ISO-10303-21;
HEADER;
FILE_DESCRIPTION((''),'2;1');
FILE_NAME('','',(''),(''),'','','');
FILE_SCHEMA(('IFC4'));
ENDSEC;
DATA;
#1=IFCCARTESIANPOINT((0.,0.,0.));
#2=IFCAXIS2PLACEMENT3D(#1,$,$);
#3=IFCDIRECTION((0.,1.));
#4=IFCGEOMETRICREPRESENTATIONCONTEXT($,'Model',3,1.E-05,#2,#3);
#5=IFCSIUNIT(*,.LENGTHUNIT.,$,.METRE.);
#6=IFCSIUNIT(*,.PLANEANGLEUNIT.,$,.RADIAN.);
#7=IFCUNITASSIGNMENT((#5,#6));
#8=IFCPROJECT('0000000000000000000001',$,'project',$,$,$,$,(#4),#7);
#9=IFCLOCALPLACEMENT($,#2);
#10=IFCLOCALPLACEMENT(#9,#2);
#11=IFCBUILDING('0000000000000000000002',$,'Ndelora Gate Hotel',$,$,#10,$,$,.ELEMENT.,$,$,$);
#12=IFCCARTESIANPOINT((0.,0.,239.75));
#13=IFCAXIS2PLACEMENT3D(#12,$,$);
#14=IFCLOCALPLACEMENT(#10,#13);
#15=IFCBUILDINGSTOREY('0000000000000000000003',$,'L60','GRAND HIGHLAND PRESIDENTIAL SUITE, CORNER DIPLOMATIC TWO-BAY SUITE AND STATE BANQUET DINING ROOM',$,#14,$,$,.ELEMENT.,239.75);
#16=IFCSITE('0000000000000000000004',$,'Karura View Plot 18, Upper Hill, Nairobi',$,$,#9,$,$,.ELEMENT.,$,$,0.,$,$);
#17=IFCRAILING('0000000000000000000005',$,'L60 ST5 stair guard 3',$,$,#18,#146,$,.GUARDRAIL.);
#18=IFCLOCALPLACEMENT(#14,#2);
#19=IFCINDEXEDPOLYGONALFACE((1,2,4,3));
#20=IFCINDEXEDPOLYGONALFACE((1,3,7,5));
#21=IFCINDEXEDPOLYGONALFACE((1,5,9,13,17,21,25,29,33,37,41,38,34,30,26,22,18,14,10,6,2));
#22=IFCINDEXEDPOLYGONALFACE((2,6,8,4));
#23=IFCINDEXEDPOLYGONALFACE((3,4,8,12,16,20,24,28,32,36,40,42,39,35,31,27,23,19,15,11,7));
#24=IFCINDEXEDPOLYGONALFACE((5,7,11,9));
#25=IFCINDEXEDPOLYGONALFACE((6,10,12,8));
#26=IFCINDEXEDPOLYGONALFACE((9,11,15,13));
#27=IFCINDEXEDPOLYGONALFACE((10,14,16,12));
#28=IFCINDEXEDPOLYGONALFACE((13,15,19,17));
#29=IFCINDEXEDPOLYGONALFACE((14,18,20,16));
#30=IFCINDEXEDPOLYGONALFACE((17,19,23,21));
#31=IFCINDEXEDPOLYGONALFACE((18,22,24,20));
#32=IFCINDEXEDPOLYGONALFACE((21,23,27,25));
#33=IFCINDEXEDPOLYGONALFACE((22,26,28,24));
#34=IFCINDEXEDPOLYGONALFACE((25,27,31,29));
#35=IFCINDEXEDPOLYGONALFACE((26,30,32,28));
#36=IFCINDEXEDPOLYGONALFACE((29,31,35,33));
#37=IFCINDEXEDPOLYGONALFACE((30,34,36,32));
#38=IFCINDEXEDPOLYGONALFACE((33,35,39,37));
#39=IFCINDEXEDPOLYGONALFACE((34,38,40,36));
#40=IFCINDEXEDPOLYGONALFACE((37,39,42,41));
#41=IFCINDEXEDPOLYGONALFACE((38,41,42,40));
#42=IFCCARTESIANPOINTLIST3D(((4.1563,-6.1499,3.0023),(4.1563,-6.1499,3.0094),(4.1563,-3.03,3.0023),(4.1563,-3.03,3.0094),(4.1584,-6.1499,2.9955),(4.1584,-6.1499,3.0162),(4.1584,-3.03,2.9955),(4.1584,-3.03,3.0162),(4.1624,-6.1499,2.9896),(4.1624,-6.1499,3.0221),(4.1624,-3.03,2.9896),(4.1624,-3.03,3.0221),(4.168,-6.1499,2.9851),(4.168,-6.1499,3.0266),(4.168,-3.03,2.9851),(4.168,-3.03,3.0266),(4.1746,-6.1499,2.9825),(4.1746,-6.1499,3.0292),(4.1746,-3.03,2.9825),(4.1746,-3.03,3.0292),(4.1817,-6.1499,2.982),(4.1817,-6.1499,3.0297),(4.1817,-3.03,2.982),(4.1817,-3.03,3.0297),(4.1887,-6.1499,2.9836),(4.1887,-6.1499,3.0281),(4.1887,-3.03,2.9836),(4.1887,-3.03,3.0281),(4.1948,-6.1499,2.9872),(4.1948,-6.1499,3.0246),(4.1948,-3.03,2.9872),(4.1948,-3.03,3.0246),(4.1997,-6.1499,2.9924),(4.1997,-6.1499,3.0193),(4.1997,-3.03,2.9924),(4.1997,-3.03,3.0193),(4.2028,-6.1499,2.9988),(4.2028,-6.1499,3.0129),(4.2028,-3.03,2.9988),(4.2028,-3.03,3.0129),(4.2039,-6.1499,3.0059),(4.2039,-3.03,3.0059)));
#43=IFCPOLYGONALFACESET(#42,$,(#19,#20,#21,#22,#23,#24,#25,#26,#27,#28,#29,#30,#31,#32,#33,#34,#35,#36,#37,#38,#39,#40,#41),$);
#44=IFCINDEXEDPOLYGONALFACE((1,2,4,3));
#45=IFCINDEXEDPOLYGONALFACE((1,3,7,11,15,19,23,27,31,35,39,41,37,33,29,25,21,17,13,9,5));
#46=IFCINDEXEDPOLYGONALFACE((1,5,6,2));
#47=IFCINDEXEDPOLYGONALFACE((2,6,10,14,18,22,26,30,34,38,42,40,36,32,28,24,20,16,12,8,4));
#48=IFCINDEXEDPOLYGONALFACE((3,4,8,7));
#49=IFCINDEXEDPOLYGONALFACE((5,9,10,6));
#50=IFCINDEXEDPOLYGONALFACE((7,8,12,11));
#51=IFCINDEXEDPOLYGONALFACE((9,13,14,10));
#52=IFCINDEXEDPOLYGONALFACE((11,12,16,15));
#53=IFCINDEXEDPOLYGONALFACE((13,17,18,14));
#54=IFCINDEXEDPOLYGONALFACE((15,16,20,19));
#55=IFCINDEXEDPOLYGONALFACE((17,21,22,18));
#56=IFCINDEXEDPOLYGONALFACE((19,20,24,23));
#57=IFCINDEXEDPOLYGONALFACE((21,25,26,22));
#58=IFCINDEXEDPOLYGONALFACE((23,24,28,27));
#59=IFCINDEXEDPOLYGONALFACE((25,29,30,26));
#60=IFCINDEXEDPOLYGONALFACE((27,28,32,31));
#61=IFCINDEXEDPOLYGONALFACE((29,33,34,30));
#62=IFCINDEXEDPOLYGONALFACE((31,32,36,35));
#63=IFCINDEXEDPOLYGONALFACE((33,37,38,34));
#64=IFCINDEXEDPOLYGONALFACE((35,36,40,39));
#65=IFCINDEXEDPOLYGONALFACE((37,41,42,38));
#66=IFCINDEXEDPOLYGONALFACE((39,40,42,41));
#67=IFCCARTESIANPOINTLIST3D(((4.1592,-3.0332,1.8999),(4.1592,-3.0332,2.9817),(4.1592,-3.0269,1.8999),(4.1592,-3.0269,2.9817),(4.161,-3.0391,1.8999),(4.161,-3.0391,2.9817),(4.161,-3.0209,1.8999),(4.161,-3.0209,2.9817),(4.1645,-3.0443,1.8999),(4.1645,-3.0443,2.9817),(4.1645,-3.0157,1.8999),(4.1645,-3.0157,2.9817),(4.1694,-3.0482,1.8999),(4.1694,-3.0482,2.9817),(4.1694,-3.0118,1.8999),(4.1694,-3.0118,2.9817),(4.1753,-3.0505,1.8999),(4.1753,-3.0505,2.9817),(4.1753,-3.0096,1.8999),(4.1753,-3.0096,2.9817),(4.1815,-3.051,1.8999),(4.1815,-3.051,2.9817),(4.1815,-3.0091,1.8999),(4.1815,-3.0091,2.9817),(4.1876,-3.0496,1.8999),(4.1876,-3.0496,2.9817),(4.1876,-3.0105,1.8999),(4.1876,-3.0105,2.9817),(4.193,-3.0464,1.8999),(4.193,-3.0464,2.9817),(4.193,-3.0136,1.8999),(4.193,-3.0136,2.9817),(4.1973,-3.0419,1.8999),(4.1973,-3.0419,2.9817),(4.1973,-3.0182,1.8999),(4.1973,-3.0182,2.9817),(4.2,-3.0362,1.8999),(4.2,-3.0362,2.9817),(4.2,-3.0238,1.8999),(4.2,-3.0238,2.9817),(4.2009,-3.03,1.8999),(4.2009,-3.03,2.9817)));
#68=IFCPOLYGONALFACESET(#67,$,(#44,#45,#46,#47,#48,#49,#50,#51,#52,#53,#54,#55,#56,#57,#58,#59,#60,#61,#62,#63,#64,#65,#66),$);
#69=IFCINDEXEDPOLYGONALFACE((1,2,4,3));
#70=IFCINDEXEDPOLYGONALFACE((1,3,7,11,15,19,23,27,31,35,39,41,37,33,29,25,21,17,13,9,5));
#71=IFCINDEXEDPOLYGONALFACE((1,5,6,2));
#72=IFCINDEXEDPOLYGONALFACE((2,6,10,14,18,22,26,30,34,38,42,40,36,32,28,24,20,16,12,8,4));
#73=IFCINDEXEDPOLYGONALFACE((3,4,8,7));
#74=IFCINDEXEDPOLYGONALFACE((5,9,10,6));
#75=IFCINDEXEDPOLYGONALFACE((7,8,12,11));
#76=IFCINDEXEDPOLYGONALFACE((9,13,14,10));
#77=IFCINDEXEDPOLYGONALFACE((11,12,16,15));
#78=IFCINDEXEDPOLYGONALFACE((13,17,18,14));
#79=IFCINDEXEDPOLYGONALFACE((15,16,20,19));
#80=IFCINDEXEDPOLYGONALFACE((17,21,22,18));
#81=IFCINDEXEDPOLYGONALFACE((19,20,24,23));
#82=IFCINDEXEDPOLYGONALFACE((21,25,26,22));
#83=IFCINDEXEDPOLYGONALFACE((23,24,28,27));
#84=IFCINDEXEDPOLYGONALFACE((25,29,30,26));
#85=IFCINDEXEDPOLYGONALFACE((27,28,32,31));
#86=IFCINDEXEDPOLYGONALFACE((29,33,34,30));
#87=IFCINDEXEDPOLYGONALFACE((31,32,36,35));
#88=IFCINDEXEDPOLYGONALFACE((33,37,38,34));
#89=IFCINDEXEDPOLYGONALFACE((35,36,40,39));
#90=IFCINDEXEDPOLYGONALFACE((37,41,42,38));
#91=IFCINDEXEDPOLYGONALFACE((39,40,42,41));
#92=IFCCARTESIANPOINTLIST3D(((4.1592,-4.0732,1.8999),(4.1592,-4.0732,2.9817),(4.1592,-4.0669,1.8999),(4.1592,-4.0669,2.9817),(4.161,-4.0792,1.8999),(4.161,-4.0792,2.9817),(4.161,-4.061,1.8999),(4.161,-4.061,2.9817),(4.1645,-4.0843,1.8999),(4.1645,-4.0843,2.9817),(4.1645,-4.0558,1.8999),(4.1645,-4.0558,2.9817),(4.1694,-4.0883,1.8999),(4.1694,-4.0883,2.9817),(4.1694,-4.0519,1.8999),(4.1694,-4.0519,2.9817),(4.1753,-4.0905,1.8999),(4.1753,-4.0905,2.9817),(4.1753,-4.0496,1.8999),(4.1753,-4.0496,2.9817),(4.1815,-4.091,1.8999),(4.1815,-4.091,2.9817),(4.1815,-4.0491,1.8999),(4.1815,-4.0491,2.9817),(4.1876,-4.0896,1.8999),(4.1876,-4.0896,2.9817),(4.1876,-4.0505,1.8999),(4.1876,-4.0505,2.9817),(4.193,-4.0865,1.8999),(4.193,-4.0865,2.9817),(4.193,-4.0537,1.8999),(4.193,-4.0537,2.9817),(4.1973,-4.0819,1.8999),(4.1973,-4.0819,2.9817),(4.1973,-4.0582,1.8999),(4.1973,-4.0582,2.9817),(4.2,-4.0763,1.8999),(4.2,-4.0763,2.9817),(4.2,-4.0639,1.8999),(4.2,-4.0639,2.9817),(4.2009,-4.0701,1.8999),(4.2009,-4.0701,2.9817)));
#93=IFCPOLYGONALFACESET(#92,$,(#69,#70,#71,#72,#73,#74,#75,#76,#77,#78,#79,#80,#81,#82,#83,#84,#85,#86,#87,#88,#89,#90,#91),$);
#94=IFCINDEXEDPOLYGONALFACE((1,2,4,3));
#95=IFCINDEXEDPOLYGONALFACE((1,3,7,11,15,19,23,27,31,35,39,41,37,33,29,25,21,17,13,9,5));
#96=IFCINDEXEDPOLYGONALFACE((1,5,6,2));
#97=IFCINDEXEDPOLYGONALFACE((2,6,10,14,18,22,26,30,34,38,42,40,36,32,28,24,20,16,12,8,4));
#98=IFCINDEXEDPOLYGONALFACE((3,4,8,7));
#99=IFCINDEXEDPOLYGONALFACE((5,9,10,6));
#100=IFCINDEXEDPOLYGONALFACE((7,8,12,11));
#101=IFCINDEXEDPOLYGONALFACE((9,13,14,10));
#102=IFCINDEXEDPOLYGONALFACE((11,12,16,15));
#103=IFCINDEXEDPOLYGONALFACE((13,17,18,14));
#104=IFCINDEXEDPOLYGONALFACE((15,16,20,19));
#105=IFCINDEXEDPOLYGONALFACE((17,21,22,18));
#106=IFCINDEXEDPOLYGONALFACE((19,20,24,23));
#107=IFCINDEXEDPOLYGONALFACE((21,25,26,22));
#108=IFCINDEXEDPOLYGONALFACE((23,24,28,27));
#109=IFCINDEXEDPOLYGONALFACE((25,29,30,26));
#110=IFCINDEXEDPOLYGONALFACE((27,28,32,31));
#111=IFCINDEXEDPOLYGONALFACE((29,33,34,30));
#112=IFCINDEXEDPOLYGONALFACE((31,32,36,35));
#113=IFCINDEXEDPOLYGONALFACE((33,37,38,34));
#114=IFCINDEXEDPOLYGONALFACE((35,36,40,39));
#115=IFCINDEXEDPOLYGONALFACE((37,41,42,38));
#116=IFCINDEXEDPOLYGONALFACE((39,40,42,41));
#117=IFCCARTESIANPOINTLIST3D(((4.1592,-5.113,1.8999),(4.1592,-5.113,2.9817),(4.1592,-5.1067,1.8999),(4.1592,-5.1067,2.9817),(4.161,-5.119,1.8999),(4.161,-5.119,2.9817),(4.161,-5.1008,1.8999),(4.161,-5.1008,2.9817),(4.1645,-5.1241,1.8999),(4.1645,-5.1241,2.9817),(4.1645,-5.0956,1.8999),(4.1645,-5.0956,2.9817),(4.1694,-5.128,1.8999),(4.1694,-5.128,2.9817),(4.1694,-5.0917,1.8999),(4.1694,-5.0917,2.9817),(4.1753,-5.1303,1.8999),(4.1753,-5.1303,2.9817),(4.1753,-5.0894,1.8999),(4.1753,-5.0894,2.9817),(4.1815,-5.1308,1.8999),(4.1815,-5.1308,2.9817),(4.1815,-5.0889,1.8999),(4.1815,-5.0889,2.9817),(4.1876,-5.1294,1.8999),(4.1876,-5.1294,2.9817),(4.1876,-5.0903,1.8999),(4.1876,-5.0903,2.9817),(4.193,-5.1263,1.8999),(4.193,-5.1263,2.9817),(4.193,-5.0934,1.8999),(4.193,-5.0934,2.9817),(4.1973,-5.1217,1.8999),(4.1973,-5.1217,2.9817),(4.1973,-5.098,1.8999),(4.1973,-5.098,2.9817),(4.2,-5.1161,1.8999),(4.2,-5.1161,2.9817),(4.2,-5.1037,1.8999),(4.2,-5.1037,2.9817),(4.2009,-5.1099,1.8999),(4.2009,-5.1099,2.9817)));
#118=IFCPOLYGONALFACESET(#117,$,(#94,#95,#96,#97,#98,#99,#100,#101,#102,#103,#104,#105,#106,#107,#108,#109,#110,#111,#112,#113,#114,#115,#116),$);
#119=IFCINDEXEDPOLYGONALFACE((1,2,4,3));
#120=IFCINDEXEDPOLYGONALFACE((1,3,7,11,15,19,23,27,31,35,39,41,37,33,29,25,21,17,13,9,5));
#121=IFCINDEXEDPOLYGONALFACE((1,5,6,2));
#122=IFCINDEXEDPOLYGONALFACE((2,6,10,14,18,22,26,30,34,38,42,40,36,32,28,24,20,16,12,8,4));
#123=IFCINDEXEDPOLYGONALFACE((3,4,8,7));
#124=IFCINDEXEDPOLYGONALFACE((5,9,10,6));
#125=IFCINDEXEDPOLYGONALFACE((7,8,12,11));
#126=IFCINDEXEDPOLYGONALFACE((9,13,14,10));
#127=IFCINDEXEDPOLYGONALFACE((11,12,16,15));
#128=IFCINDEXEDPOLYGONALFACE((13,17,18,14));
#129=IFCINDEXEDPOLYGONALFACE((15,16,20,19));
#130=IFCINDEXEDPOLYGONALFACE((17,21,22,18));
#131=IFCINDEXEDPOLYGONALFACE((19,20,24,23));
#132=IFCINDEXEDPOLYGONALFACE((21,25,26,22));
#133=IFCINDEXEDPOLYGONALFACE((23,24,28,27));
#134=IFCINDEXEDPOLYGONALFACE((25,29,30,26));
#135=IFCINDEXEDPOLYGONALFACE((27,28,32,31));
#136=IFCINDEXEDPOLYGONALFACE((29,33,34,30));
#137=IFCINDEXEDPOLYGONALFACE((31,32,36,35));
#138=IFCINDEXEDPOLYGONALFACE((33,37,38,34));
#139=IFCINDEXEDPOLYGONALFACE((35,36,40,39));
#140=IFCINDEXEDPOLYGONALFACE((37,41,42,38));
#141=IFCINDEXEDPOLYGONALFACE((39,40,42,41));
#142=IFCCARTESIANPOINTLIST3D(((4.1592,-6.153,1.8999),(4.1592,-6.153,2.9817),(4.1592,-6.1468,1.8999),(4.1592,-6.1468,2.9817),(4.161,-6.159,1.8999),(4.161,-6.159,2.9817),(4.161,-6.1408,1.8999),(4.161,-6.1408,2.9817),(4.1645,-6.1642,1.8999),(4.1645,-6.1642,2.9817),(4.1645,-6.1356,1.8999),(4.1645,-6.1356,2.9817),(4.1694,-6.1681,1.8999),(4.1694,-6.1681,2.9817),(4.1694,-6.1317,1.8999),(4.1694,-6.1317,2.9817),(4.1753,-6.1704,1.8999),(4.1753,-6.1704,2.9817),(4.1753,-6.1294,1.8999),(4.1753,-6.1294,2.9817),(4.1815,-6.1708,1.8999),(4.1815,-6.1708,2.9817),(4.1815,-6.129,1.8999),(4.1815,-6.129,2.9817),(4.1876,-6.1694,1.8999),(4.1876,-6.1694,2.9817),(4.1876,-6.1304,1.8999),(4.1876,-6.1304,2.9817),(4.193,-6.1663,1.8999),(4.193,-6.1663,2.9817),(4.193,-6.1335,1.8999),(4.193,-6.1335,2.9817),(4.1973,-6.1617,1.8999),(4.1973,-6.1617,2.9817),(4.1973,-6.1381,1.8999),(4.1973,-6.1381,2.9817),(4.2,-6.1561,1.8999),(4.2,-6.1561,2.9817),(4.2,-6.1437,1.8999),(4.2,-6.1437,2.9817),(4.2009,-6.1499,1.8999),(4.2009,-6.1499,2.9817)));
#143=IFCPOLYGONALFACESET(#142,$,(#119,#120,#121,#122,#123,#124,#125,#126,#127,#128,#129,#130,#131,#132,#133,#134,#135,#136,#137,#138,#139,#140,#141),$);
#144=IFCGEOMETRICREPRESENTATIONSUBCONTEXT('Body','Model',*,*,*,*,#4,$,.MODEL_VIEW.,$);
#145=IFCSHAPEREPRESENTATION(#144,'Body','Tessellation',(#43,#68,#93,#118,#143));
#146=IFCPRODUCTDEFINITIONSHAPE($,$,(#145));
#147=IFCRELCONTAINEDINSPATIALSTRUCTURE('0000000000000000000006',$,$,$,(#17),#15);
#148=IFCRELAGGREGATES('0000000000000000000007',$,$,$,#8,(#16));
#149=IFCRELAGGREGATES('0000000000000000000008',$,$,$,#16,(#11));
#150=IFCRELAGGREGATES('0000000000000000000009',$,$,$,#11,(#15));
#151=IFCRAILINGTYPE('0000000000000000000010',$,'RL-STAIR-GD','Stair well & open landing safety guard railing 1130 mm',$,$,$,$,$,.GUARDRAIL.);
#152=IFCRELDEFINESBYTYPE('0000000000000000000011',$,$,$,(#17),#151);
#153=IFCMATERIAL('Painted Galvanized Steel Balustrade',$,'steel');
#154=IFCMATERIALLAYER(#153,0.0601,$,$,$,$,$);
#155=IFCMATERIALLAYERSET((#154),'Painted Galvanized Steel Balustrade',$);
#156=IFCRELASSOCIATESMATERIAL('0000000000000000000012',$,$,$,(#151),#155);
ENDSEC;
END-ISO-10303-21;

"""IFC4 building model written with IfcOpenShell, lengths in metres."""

from ifc_helpers import new_model, si_unit, direction, frame, origin, origin_2d, place, context, subcontext, project, spatial, circle, extrude, material, layer, layer_set, type_object, element, save


model = new_model("IFC4")

# Units and contexts
model_context = context("Model", 3, precision=1e-05, world=origin(), true_north=direction((0.0, 1.0)))
body_context = subcontext(model_context, "Body", "Model", "MODEL_VIEW")
ifc_project = project(units=[si_unit("LENGTHUNIT", "METRE"), si_unit("PLANEANGLEUNIT", "RADIAN")], contexts=[model_context])

# Site, building, storey
site_placement = place(None, origin())
site = spatial("IfcSite", under=ifc_project, at=site_placement, Name="Karura View Plot 18, Upper Hill, Nairobi", CompositionType="ELEMENT", RefElevation=0.0)
building_placement = place(site_placement, origin())
building = spatial("IfcBuilding", under=site, at=building_placement, Name="Ndelora Gate Hotel", CompositionType="ELEMENT")
storey_placement = place(building_placement, frame((0.0, 0.0, 239.75)))
storey = spatial("IfcBuildingStorey", under=building, at=storey_placement, Name="L60", Description="GRAND HIGHLAND PRESIDENTIAL SUITE, CORNER DIPLOMATIC TWO-BAY SUITE AND STATE BANQUET DINING ROOM", CompositionType="ELEMENT", Elevation=239.75)

# Railing
ifc_material_1 = material(Name="Painted Galvanized Steel Balustrade", Category="steel")
ifc_layer_1 = layer(ifc_material_1, 0.0601)
ifc_layer_set_1 = layer_set([ifc_layer_1], Name="Painted Galvanized Steel Balustrade")
railing_type_1 = type_object("IfcRailingType", Name="RL-STAIR-GD", Description="Stair well & open landing safety guard railing 1130 mm", PredefinedType="GUARDRAIL", material=ifc_layer_set_1)
for number, where, name in (
    (1, (4.1799, -3.03, 1.8999), "L60 ST5 stair guard 3"),
):
    element("IfcRailing", number, at=place(storey_placement, frame(where)), inside=storey, type_object=railing_type_1, Name=name, PredefinedType="GUARDRAIL", context=body_context, shape_type="SweptSolid", body=[
        extrude(circle(Radius=0.0239, at=origin_2d()), frame((0.0, 0.0, 1.106), z_axis=(0.0, -1.0, 0.0), x_axis=(1.0, 0.0, 0.0)), (0.0, 0.0, 1.0), 3.1199),
        extrude(circle(Radius=0.021, at=origin_2d()), origin(), (0.0, 0.0, 1.0), 1.0818),
        extrude(circle(Radius=0.021, at=origin_2d()), frame((0.0, -1.04, 0.0)), (0.0, 0.0, 1.0), 1.0818),
        extrude(circle(Radius=0.021, at=origin_2d()), frame((0.0, -2.0798, 0.0)), (0.0, 0.0, 1.0), 1.0818),
        extrude(circle(Radius=0.021, at=origin_2d()), frame((0.0, -3.1199, 0.0)), (0.0, 0.0, 1.0), 1.0818),
    ])

save(model, "model.ifc")
